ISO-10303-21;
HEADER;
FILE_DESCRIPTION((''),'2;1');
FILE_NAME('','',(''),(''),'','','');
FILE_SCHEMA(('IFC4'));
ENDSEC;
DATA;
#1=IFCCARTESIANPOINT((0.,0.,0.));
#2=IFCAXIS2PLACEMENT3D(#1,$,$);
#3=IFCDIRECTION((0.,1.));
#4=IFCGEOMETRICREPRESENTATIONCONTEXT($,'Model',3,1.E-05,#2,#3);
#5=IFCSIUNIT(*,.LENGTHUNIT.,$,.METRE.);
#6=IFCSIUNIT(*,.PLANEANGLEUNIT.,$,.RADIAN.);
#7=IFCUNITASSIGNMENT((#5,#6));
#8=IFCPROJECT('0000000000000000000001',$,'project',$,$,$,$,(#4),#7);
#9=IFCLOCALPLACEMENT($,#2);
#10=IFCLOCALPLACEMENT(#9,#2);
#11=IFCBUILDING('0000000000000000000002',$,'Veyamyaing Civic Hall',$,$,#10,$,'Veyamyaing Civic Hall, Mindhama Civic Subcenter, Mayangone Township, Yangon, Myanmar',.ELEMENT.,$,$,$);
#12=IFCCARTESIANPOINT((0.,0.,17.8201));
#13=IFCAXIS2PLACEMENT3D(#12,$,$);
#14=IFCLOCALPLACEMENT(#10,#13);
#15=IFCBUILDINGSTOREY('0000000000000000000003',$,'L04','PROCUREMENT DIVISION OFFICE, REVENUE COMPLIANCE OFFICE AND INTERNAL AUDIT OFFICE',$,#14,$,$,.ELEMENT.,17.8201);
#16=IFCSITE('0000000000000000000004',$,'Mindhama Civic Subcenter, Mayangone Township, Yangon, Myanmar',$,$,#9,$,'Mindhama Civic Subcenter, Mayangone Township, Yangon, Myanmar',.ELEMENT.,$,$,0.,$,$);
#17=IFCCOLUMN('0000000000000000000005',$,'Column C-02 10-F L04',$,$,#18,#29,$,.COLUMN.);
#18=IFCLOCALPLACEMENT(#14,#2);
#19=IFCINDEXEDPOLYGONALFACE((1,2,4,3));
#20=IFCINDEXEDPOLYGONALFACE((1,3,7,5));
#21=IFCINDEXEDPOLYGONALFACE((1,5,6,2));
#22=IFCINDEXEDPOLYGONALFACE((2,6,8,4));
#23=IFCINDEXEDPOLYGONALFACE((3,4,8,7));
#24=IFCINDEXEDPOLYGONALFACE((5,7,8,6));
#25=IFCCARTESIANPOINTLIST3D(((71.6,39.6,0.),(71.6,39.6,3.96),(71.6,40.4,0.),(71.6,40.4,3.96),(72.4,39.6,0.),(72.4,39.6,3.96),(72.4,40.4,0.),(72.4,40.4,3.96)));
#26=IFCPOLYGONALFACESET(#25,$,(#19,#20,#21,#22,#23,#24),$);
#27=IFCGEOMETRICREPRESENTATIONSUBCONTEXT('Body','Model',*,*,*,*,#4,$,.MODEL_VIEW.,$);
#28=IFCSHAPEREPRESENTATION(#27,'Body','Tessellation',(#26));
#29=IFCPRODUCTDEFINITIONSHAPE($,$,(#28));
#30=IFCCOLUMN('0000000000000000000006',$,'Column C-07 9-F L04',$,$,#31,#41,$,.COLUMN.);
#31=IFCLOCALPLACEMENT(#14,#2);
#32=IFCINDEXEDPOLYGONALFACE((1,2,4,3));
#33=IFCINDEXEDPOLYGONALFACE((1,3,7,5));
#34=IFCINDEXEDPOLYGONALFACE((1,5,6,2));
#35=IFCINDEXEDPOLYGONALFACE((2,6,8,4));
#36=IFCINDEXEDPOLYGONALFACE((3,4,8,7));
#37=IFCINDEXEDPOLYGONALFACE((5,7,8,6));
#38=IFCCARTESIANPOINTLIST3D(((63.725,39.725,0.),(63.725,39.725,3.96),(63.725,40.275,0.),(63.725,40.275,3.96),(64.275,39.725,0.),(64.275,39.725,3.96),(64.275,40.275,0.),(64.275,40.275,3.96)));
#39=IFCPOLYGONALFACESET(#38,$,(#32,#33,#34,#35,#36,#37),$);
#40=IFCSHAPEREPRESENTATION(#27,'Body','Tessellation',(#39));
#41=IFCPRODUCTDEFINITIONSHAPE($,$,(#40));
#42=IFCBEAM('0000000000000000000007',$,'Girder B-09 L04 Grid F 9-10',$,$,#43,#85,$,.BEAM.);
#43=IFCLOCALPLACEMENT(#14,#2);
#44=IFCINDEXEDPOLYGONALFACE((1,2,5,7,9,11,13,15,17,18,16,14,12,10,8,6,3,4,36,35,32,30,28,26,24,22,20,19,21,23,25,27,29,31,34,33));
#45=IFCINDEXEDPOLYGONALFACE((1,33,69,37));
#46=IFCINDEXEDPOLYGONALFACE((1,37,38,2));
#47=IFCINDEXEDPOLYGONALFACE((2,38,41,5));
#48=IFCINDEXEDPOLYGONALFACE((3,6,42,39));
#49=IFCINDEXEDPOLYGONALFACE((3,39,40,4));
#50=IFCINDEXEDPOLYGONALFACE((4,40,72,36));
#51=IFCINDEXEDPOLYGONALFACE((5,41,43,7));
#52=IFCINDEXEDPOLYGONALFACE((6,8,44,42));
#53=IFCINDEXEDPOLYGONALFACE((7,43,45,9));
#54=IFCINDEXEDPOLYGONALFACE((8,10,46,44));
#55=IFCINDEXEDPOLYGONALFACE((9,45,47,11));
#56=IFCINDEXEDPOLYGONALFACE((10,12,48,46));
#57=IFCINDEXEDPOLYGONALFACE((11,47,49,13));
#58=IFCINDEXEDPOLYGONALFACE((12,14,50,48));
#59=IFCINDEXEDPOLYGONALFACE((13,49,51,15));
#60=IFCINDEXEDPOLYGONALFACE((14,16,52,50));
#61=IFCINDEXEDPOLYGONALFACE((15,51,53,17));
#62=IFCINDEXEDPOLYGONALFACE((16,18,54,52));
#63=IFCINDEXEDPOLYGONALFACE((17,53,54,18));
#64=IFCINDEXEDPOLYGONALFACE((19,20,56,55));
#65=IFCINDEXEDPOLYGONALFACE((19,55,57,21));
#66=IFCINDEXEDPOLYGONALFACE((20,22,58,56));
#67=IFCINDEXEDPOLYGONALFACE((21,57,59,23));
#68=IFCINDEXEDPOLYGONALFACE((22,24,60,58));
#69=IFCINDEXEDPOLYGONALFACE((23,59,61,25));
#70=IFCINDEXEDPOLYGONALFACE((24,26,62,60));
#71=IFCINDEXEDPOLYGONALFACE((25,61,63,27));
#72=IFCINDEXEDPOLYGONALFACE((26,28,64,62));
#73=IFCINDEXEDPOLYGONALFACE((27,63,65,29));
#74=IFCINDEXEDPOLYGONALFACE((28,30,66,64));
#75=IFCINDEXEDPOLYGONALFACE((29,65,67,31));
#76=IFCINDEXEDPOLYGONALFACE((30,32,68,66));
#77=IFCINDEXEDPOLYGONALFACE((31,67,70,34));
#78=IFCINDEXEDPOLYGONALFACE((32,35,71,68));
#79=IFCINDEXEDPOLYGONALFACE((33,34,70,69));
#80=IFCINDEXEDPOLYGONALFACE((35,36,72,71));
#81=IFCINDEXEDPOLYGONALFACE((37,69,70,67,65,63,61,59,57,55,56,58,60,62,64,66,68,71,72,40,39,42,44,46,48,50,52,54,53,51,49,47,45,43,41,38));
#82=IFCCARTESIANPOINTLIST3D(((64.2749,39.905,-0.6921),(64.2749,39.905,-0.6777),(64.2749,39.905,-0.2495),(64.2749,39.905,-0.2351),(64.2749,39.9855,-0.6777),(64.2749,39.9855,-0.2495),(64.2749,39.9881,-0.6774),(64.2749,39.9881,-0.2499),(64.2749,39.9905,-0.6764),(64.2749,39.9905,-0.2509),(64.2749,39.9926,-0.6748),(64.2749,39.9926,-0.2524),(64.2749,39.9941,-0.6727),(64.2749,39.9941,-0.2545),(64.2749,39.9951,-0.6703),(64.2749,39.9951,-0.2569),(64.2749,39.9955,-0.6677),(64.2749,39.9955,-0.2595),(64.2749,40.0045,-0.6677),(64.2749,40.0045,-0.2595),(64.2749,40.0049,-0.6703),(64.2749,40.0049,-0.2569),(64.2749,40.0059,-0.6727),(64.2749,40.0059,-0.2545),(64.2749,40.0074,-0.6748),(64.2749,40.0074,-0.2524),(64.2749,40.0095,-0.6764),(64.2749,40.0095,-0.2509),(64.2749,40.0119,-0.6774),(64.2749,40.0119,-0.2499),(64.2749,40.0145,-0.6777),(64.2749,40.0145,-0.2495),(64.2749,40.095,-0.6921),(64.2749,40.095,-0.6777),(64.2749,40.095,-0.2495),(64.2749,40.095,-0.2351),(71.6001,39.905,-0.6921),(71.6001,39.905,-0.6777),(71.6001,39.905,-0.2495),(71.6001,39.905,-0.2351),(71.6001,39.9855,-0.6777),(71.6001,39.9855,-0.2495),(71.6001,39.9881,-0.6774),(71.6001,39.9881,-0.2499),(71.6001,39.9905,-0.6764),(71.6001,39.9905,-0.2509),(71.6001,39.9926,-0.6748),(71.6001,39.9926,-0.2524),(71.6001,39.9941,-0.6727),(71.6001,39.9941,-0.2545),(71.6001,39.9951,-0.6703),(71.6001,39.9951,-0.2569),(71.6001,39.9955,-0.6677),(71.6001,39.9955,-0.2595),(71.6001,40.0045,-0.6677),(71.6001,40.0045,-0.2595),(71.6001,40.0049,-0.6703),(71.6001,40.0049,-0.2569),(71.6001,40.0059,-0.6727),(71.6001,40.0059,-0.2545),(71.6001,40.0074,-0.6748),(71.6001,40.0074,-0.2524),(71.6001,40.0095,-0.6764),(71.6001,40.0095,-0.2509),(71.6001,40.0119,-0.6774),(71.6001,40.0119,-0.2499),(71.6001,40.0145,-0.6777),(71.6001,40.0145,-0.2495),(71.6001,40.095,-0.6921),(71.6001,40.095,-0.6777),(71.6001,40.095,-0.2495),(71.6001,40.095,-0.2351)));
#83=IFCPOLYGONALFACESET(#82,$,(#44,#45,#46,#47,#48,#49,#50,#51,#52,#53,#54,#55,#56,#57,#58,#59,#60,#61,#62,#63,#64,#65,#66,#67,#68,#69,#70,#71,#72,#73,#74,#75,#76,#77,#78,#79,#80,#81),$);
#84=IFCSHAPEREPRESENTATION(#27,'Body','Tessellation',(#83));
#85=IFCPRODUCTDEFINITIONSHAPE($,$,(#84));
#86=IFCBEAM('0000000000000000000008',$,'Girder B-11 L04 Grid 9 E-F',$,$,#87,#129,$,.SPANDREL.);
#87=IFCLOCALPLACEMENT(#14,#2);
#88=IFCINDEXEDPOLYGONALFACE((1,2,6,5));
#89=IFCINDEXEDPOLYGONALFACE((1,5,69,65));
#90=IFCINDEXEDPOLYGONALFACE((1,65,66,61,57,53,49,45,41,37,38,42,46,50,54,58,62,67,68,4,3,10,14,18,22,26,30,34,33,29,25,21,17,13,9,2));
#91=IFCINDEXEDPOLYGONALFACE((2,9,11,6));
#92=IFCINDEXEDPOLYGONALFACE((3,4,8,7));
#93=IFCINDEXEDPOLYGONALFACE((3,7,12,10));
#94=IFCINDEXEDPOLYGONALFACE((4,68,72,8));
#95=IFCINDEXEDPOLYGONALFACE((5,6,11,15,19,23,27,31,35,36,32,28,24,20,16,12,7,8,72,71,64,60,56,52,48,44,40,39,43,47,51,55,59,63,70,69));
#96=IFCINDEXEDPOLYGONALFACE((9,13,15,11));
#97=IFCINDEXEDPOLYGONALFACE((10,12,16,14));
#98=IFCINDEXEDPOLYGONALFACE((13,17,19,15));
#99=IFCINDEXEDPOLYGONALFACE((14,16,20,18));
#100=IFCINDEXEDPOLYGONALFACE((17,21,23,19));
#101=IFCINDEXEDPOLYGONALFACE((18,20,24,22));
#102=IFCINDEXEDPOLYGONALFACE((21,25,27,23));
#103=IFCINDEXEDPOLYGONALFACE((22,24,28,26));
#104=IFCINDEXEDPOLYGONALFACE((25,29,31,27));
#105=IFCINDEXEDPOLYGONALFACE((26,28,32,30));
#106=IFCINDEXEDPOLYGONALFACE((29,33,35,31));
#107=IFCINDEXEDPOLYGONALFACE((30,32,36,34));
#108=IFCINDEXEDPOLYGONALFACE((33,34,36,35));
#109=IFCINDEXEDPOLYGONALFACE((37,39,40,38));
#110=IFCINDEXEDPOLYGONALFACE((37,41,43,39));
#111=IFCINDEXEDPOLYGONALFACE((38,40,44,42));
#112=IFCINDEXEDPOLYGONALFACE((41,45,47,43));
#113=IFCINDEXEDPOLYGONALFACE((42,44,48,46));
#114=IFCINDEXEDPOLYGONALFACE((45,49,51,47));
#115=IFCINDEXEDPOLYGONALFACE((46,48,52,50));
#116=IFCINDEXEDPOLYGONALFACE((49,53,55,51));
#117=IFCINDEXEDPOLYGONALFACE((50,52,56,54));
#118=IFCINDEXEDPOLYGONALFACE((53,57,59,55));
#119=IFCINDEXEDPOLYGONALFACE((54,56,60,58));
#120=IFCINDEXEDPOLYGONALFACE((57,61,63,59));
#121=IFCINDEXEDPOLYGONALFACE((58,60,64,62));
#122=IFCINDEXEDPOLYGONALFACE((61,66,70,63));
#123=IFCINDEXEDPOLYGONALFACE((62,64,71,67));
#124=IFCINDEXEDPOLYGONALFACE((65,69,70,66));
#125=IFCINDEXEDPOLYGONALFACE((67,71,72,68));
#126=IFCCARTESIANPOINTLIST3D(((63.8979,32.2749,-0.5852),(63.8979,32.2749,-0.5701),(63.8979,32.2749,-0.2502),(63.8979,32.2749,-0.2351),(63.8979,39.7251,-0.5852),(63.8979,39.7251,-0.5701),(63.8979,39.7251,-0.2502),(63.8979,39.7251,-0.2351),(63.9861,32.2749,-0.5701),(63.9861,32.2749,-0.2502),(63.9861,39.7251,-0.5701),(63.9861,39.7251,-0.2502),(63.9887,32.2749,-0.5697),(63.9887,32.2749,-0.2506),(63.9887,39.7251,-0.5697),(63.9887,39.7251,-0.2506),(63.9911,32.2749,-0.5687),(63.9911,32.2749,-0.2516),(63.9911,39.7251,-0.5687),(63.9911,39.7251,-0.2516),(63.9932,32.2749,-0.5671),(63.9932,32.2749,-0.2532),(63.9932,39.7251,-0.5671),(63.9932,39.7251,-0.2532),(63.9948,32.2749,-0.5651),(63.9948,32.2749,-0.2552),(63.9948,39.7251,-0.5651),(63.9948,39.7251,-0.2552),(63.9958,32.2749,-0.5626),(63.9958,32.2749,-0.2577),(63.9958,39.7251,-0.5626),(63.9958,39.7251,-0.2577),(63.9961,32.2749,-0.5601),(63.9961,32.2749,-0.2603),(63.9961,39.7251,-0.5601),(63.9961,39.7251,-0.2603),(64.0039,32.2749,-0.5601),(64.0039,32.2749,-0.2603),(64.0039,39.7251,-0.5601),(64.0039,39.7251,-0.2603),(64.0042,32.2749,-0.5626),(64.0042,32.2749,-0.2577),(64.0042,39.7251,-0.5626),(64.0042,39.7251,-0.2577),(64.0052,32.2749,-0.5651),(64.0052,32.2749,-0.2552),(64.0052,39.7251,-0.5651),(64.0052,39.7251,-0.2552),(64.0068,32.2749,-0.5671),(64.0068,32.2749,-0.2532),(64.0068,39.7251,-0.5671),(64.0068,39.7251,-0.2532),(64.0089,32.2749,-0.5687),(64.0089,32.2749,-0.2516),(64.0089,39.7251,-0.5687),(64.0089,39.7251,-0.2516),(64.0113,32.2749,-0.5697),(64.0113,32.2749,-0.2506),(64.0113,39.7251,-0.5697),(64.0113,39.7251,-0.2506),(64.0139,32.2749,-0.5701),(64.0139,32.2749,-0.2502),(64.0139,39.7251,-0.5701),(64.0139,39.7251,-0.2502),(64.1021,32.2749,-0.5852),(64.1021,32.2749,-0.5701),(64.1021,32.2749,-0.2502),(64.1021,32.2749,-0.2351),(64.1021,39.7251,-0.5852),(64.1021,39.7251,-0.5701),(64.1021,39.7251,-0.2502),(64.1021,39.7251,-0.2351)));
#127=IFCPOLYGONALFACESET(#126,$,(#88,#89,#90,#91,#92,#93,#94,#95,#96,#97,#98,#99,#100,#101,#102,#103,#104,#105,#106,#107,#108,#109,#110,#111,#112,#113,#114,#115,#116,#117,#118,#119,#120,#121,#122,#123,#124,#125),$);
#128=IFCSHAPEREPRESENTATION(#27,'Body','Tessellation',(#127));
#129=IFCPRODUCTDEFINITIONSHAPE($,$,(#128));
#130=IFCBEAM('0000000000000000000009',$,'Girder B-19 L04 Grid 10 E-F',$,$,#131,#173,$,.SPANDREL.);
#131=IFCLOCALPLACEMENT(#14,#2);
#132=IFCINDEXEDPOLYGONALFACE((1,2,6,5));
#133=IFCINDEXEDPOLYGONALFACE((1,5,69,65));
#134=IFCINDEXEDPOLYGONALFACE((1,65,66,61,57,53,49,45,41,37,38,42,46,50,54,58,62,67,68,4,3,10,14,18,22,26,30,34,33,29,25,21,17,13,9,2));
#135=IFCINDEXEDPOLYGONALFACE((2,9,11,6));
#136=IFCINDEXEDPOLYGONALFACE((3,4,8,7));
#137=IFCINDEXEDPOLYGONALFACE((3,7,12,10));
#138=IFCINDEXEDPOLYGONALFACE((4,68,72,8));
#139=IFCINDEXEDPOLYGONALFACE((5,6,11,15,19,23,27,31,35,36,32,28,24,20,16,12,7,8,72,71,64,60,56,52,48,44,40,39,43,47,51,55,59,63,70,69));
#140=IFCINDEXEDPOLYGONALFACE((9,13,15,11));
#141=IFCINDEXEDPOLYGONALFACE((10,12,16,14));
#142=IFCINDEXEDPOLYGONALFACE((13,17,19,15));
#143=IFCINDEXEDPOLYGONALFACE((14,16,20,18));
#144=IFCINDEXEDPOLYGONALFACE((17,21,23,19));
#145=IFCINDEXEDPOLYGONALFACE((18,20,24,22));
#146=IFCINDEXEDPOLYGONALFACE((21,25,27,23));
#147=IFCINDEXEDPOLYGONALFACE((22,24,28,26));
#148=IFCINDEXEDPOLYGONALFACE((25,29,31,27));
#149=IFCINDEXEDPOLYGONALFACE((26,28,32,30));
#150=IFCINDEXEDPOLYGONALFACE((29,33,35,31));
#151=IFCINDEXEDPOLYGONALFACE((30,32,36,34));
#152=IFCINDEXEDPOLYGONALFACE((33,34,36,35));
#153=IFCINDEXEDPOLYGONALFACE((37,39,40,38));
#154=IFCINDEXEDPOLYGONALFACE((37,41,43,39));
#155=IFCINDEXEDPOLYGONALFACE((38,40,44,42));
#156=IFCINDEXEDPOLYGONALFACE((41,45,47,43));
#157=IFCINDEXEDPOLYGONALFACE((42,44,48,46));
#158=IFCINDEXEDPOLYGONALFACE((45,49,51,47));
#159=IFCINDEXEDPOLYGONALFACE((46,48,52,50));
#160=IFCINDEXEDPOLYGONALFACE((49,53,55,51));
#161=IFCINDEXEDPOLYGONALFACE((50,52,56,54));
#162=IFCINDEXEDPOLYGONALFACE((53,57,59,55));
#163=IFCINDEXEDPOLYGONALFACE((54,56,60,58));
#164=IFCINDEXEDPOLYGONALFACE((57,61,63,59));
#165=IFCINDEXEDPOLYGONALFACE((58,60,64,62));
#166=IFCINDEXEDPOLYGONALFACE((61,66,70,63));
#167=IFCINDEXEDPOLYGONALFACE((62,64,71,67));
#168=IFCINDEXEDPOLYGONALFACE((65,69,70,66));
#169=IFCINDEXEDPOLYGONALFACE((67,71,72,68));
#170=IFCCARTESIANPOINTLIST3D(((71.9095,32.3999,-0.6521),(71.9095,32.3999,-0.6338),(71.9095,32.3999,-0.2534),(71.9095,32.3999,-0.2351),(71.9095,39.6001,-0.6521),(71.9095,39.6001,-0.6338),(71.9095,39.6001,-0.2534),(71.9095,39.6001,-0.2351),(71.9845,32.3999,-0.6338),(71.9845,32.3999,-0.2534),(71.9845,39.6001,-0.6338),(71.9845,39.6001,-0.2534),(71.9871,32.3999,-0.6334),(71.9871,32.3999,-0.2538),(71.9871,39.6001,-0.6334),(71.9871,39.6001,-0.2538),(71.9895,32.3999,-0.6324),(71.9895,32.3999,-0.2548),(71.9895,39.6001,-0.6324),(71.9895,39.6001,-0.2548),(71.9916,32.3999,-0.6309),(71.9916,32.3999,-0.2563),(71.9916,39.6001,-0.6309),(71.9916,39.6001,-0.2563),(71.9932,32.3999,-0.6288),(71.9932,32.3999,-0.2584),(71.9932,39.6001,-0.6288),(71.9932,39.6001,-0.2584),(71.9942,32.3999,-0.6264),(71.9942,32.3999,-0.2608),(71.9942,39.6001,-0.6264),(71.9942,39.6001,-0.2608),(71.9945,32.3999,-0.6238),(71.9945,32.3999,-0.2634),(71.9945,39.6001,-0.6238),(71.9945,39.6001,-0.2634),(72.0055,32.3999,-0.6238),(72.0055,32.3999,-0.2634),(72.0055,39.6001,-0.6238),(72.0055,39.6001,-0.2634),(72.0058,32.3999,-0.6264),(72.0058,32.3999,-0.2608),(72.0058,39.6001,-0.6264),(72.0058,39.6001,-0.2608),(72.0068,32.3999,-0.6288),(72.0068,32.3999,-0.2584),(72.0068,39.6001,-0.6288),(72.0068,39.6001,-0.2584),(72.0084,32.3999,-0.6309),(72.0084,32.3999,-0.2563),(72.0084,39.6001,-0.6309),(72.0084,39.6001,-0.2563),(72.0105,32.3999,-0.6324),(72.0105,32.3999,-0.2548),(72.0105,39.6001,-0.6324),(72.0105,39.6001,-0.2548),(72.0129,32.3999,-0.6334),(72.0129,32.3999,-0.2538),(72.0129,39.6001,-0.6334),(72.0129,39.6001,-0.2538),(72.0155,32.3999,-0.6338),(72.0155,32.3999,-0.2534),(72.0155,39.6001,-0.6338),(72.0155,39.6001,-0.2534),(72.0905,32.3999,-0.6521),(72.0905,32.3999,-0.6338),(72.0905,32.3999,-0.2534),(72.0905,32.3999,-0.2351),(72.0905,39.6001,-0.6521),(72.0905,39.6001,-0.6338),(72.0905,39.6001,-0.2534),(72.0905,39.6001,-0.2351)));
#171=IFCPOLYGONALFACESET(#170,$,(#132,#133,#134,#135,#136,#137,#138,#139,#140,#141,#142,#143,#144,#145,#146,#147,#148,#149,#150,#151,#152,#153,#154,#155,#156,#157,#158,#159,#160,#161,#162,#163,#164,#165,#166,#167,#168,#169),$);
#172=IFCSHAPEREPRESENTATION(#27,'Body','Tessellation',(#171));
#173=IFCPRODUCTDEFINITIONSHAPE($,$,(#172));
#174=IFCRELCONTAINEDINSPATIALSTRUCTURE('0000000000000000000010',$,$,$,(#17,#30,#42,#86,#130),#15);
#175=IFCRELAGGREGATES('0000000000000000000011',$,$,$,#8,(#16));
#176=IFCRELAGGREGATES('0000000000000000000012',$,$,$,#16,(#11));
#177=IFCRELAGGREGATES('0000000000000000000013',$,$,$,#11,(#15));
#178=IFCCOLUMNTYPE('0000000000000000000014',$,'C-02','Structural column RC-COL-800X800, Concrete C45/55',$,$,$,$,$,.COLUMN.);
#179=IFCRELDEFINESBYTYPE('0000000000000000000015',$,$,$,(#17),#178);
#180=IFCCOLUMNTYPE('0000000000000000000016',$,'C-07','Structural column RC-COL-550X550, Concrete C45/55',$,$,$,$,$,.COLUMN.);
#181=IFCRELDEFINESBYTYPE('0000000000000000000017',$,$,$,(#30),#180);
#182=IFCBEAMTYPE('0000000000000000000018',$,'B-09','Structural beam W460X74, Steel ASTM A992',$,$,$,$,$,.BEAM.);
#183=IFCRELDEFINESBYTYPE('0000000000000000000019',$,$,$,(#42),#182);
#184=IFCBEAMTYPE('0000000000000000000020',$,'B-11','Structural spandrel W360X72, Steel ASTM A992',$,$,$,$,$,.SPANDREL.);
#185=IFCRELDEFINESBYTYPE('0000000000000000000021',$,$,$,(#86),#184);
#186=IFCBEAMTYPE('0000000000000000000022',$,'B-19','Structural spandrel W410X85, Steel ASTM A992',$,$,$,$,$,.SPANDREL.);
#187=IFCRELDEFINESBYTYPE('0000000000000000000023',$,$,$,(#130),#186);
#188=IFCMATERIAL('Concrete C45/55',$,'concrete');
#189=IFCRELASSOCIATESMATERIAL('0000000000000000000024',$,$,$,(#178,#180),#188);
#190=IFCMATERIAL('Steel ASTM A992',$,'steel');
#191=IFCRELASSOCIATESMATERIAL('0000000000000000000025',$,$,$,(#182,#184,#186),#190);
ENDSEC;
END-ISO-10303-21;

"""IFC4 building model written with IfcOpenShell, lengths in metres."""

from ifc_helpers import new_model, si_unit, direction, frame, origin, origin_2d, place, context, subcontext, project, spatial, rectangle, i_section, extrude, material, material_profile, profile_set, type_object, element, save


model = new_model("IFC4")

# Units and contexts
model_context = context("Model", 3, precision=1e-05, world=origin(), true_north=direction((0.0, 1.0)))
body_context = subcontext(model_context, "Body", "Model", "MODEL_VIEW")
ifc_project = project(units=[si_unit("LENGTHUNIT", "METRE"), si_unit("PLANEANGLEUNIT", "RADIAN")], contexts=[model_context])

# Site, building, storey
site_placement = place(None, origin())
site = spatial("IfcSite", under=ifc_project, at=site_placement, Name="Mindhama Civic Subcenter, Mayangone Township, Yangon, Myanmar", LongName="Mindhama Civic Subcenter, Mayangone Township, Yangon, Myanmar", CompositionType="ELEMENT", RefElevation=0.0)
building_placement = place(site_placement, origin())
building = spatial("IfcBuilding", under=site, at=building_placement, Name="Veyamyaing Civic Hall", LongName="Veyamyaing Civic Hall, Mindhama Civic Subcenter, Mayangone Township, Yangon, Myanmar", CompositionType="ELEMENT")
storey_placement = place(building_placement, frame((0.0, 0.0, 17.8201)))
storey = spatial("IfcBuildingStorey", under=building, at=storey_placement, Name="L04", Description="PROCUREMENT DIVISION OFFICE, REVENUE COMPLIANCE OFFICE AND INTERNAL AUDIT OFFICE", CompositionType="ELEMENT", Elevation=17.8201)

# Columns
ifc_material_1 = material(Name="Concrete C45/55", Category="concrete")
ifc_material_profile_1 = material_profile(ifc_material_1, rectangle(XDim=0.8, YDim=0.8, at=origin_2d()), Name="RC-COL-800X800")
ifc_profile_set_1 = profile_set([ifc_material_profile_1], Name="Concrete C45/55")
column_type_1 = type_object("IfcColumnType", Name="C-02", Description="Structural column RC-COL-800X800, Concrete C45/55", PredefinedType="COLUMN", material=ifc_profile_set_1)
column_1_placement = place(storey_placement, frame((72.0, 40.0, 0.0), z_axis=(0.0, 0.0, 1.0), x_axis=(1.0, 0.0, 0.0)))
element("IfcColumn", 1, at=column_1_placement, inside=storey, type_object=column_type_1, Name="Column C-02 10-F L04", PredefinedType="COLUMN", context=body_context, shape_type="SweptSolid", body=[
    extrude(rectangle(XDim=0.8, YDim=0.8, at=origin_2d()), origin(), (0.0, 0.0, 1.0), 3.96),
])
ifc_material_profile_2 = material_profile(ifc_material_1, rectangle(XDim=0.55, YDim=0.55, at=origin_2d()), Name="RC-COL-550X550")
ifc_profile_set_2 = profile_set([ifc_material_profile_2], Name="Concrete C45/55")
column_type_2 = type_object("IfcColumnType", Name="C-07", Description="Structural column RC-COL-550X550, Concrete C45/55", PredefinedType="COLUMN", material=ifc_profile_set_2)
column_2_placement = place(storey_placement, frame((64.0, 40.0, 0.0), z_axis=(0.0, 0.0, 1.0), x_axis=(1.0, 0.0, 0.0)))
element("IfcColumn", 2, at=column_2_placement, inside=storey, type_object=column_type_2, Name="Column C-07 9-F L04", PredefinedType="COLUMN", context=body_context, shape_type="SweptSolid", body=[
    extrude(rectangle(XDim=0.55, YDim=0.55, at=origin_2d()), origin(), (0.0, 0.0, 1.0), 3.96),
])

# Beams
ifc_material_2 = material(Name="Steel ASTM A992", Category="steel")
ifc_material_profile_3 = material_profile(ifc_material_2, i_section(OverallWidth=0.1899, OverallDepth=0.457, WebThickness=0.009, FlangeThickness=0.0144, FilletRadius=0.01, at=origin_2d()), Name="W460X74")
ifc_profile_set_3 = profile_set([ifc_material_profile_3], Name="Steel ASTM A992")
beam_type_1 = type_object("IfcBeamType", Name="B-09", Description="Structural beam W460X74, Steel ASTM A992", PredefinedType="BEAM", material=ifc_profile_set_3)
beam_1_placement = place(storey_placement, frame((64.2749, 40.0, -0.4636), z_axis=(1.0, 0.0, 0.0), x_axis=(0.0, 1.0, 0.0)))
element("IfcBeam", 3, at=beam_1_placement, inside=storey, type_object=beam_type_1, Name="Girder B-09 L04 Grid F 9-10", PredefinedType="BEAM", context=body_context, shape_type="SweptSolid", body=[
    extrude(i_section(OverallWidth=0.1899, OverallDepth=0.457, WebThickness=0.009, FlangeThickness=0.0144, FilletRadius=0.01, at=origin_2d()), origin(), (0.0, 0.0, 1.0), 7.3252),
])
ifc_material_profile_4 = material_profile(ifc_material_2, i_section(OverallWidth=0.2041, OverallDepth=0.3501, WebThickness=0.0078, FlangeThickness=0.0151, FilletRadius=0.01, at=origin_2d()), Name="W360X72")
ifc_profile_set_4 = profile_set([ifc_material_profile_4], Name="Steel ASTM A992")
beam_type_2 = type_object("IfcBeamType", Name="B-11", Description="Structural spandrel W360X72, Steel ASTM A992", PredefinedType="SPANDREL", material=ifc_profile_set_4)
beam_2_placement = place(storey_placement, frame((64.0, 32.2749, -0.4102), z_axis=(0.0, 1.0, 0.0), x_axis=(-1.0, 0.0, 0.0)))
element("IfcBeam", 4, at=beam_2_placement, inside=storey, type_object=beam_type_2, Name="Girder B-11 L04 Grid 9 E-F", PredefinedType="SPANDREL", context=body_context, shape_type="SweptSolid", body=[
    extrude(i_section(OverallWidth=0.2041, OverallDepth=0.3501, WebThickness=0.0078, FlangeThickness=0.0151, FilletRadius=0.01, at=origin_2d()), origin(), (0.0, 0.0, 1.0), 7.4502),
])
ifc_material_profile_5 = material_profile(ifc_material_2, i_section(OverallWidth=0.1809, OverallDepth=0.417, WebThickness=0.011, FlangeThickness=0.0183, FilletRadius=0.01, at=origin_2d()), Name="W410X85")
ifc_profile_set_5 = profile_set([ifc_material_profile_5], Name="Steel ASTM A992")
beam_type_3 = type_object("IfcBeamType", Name="B-19", Description="Structural spandrel W410X85, Steel ASTM A992", PredefinedType="SPANDREL", material=ifc_profile_set_5)
beam_3_placement = place(storey_placement, frame((72.0, 32.3999, -0.4436), z_axis=(0.0, 1.0, 0.0), x_axis=(-1.0, 0.0, 0.0)))
element("IfcBeam", 5, at=beam_3_placement, inside=storey, type_object=beam_type_3, Name="Girder B-19 L04 Grid 10 E-F", PredefinedType="SPANDREL", context=body_context, shape_type="SweptSolid", body=[
    extrude(i_section(OverallWidth=0.1809, OverallDepth=0.417, WebThickness=0.011, FlangeThickness=0.0183, FilletRadius=0.01, at=origin_2d()), origin(), (0.0, 0.0, 1.0), 7.2002),
])

save(model, "model.ifc")
